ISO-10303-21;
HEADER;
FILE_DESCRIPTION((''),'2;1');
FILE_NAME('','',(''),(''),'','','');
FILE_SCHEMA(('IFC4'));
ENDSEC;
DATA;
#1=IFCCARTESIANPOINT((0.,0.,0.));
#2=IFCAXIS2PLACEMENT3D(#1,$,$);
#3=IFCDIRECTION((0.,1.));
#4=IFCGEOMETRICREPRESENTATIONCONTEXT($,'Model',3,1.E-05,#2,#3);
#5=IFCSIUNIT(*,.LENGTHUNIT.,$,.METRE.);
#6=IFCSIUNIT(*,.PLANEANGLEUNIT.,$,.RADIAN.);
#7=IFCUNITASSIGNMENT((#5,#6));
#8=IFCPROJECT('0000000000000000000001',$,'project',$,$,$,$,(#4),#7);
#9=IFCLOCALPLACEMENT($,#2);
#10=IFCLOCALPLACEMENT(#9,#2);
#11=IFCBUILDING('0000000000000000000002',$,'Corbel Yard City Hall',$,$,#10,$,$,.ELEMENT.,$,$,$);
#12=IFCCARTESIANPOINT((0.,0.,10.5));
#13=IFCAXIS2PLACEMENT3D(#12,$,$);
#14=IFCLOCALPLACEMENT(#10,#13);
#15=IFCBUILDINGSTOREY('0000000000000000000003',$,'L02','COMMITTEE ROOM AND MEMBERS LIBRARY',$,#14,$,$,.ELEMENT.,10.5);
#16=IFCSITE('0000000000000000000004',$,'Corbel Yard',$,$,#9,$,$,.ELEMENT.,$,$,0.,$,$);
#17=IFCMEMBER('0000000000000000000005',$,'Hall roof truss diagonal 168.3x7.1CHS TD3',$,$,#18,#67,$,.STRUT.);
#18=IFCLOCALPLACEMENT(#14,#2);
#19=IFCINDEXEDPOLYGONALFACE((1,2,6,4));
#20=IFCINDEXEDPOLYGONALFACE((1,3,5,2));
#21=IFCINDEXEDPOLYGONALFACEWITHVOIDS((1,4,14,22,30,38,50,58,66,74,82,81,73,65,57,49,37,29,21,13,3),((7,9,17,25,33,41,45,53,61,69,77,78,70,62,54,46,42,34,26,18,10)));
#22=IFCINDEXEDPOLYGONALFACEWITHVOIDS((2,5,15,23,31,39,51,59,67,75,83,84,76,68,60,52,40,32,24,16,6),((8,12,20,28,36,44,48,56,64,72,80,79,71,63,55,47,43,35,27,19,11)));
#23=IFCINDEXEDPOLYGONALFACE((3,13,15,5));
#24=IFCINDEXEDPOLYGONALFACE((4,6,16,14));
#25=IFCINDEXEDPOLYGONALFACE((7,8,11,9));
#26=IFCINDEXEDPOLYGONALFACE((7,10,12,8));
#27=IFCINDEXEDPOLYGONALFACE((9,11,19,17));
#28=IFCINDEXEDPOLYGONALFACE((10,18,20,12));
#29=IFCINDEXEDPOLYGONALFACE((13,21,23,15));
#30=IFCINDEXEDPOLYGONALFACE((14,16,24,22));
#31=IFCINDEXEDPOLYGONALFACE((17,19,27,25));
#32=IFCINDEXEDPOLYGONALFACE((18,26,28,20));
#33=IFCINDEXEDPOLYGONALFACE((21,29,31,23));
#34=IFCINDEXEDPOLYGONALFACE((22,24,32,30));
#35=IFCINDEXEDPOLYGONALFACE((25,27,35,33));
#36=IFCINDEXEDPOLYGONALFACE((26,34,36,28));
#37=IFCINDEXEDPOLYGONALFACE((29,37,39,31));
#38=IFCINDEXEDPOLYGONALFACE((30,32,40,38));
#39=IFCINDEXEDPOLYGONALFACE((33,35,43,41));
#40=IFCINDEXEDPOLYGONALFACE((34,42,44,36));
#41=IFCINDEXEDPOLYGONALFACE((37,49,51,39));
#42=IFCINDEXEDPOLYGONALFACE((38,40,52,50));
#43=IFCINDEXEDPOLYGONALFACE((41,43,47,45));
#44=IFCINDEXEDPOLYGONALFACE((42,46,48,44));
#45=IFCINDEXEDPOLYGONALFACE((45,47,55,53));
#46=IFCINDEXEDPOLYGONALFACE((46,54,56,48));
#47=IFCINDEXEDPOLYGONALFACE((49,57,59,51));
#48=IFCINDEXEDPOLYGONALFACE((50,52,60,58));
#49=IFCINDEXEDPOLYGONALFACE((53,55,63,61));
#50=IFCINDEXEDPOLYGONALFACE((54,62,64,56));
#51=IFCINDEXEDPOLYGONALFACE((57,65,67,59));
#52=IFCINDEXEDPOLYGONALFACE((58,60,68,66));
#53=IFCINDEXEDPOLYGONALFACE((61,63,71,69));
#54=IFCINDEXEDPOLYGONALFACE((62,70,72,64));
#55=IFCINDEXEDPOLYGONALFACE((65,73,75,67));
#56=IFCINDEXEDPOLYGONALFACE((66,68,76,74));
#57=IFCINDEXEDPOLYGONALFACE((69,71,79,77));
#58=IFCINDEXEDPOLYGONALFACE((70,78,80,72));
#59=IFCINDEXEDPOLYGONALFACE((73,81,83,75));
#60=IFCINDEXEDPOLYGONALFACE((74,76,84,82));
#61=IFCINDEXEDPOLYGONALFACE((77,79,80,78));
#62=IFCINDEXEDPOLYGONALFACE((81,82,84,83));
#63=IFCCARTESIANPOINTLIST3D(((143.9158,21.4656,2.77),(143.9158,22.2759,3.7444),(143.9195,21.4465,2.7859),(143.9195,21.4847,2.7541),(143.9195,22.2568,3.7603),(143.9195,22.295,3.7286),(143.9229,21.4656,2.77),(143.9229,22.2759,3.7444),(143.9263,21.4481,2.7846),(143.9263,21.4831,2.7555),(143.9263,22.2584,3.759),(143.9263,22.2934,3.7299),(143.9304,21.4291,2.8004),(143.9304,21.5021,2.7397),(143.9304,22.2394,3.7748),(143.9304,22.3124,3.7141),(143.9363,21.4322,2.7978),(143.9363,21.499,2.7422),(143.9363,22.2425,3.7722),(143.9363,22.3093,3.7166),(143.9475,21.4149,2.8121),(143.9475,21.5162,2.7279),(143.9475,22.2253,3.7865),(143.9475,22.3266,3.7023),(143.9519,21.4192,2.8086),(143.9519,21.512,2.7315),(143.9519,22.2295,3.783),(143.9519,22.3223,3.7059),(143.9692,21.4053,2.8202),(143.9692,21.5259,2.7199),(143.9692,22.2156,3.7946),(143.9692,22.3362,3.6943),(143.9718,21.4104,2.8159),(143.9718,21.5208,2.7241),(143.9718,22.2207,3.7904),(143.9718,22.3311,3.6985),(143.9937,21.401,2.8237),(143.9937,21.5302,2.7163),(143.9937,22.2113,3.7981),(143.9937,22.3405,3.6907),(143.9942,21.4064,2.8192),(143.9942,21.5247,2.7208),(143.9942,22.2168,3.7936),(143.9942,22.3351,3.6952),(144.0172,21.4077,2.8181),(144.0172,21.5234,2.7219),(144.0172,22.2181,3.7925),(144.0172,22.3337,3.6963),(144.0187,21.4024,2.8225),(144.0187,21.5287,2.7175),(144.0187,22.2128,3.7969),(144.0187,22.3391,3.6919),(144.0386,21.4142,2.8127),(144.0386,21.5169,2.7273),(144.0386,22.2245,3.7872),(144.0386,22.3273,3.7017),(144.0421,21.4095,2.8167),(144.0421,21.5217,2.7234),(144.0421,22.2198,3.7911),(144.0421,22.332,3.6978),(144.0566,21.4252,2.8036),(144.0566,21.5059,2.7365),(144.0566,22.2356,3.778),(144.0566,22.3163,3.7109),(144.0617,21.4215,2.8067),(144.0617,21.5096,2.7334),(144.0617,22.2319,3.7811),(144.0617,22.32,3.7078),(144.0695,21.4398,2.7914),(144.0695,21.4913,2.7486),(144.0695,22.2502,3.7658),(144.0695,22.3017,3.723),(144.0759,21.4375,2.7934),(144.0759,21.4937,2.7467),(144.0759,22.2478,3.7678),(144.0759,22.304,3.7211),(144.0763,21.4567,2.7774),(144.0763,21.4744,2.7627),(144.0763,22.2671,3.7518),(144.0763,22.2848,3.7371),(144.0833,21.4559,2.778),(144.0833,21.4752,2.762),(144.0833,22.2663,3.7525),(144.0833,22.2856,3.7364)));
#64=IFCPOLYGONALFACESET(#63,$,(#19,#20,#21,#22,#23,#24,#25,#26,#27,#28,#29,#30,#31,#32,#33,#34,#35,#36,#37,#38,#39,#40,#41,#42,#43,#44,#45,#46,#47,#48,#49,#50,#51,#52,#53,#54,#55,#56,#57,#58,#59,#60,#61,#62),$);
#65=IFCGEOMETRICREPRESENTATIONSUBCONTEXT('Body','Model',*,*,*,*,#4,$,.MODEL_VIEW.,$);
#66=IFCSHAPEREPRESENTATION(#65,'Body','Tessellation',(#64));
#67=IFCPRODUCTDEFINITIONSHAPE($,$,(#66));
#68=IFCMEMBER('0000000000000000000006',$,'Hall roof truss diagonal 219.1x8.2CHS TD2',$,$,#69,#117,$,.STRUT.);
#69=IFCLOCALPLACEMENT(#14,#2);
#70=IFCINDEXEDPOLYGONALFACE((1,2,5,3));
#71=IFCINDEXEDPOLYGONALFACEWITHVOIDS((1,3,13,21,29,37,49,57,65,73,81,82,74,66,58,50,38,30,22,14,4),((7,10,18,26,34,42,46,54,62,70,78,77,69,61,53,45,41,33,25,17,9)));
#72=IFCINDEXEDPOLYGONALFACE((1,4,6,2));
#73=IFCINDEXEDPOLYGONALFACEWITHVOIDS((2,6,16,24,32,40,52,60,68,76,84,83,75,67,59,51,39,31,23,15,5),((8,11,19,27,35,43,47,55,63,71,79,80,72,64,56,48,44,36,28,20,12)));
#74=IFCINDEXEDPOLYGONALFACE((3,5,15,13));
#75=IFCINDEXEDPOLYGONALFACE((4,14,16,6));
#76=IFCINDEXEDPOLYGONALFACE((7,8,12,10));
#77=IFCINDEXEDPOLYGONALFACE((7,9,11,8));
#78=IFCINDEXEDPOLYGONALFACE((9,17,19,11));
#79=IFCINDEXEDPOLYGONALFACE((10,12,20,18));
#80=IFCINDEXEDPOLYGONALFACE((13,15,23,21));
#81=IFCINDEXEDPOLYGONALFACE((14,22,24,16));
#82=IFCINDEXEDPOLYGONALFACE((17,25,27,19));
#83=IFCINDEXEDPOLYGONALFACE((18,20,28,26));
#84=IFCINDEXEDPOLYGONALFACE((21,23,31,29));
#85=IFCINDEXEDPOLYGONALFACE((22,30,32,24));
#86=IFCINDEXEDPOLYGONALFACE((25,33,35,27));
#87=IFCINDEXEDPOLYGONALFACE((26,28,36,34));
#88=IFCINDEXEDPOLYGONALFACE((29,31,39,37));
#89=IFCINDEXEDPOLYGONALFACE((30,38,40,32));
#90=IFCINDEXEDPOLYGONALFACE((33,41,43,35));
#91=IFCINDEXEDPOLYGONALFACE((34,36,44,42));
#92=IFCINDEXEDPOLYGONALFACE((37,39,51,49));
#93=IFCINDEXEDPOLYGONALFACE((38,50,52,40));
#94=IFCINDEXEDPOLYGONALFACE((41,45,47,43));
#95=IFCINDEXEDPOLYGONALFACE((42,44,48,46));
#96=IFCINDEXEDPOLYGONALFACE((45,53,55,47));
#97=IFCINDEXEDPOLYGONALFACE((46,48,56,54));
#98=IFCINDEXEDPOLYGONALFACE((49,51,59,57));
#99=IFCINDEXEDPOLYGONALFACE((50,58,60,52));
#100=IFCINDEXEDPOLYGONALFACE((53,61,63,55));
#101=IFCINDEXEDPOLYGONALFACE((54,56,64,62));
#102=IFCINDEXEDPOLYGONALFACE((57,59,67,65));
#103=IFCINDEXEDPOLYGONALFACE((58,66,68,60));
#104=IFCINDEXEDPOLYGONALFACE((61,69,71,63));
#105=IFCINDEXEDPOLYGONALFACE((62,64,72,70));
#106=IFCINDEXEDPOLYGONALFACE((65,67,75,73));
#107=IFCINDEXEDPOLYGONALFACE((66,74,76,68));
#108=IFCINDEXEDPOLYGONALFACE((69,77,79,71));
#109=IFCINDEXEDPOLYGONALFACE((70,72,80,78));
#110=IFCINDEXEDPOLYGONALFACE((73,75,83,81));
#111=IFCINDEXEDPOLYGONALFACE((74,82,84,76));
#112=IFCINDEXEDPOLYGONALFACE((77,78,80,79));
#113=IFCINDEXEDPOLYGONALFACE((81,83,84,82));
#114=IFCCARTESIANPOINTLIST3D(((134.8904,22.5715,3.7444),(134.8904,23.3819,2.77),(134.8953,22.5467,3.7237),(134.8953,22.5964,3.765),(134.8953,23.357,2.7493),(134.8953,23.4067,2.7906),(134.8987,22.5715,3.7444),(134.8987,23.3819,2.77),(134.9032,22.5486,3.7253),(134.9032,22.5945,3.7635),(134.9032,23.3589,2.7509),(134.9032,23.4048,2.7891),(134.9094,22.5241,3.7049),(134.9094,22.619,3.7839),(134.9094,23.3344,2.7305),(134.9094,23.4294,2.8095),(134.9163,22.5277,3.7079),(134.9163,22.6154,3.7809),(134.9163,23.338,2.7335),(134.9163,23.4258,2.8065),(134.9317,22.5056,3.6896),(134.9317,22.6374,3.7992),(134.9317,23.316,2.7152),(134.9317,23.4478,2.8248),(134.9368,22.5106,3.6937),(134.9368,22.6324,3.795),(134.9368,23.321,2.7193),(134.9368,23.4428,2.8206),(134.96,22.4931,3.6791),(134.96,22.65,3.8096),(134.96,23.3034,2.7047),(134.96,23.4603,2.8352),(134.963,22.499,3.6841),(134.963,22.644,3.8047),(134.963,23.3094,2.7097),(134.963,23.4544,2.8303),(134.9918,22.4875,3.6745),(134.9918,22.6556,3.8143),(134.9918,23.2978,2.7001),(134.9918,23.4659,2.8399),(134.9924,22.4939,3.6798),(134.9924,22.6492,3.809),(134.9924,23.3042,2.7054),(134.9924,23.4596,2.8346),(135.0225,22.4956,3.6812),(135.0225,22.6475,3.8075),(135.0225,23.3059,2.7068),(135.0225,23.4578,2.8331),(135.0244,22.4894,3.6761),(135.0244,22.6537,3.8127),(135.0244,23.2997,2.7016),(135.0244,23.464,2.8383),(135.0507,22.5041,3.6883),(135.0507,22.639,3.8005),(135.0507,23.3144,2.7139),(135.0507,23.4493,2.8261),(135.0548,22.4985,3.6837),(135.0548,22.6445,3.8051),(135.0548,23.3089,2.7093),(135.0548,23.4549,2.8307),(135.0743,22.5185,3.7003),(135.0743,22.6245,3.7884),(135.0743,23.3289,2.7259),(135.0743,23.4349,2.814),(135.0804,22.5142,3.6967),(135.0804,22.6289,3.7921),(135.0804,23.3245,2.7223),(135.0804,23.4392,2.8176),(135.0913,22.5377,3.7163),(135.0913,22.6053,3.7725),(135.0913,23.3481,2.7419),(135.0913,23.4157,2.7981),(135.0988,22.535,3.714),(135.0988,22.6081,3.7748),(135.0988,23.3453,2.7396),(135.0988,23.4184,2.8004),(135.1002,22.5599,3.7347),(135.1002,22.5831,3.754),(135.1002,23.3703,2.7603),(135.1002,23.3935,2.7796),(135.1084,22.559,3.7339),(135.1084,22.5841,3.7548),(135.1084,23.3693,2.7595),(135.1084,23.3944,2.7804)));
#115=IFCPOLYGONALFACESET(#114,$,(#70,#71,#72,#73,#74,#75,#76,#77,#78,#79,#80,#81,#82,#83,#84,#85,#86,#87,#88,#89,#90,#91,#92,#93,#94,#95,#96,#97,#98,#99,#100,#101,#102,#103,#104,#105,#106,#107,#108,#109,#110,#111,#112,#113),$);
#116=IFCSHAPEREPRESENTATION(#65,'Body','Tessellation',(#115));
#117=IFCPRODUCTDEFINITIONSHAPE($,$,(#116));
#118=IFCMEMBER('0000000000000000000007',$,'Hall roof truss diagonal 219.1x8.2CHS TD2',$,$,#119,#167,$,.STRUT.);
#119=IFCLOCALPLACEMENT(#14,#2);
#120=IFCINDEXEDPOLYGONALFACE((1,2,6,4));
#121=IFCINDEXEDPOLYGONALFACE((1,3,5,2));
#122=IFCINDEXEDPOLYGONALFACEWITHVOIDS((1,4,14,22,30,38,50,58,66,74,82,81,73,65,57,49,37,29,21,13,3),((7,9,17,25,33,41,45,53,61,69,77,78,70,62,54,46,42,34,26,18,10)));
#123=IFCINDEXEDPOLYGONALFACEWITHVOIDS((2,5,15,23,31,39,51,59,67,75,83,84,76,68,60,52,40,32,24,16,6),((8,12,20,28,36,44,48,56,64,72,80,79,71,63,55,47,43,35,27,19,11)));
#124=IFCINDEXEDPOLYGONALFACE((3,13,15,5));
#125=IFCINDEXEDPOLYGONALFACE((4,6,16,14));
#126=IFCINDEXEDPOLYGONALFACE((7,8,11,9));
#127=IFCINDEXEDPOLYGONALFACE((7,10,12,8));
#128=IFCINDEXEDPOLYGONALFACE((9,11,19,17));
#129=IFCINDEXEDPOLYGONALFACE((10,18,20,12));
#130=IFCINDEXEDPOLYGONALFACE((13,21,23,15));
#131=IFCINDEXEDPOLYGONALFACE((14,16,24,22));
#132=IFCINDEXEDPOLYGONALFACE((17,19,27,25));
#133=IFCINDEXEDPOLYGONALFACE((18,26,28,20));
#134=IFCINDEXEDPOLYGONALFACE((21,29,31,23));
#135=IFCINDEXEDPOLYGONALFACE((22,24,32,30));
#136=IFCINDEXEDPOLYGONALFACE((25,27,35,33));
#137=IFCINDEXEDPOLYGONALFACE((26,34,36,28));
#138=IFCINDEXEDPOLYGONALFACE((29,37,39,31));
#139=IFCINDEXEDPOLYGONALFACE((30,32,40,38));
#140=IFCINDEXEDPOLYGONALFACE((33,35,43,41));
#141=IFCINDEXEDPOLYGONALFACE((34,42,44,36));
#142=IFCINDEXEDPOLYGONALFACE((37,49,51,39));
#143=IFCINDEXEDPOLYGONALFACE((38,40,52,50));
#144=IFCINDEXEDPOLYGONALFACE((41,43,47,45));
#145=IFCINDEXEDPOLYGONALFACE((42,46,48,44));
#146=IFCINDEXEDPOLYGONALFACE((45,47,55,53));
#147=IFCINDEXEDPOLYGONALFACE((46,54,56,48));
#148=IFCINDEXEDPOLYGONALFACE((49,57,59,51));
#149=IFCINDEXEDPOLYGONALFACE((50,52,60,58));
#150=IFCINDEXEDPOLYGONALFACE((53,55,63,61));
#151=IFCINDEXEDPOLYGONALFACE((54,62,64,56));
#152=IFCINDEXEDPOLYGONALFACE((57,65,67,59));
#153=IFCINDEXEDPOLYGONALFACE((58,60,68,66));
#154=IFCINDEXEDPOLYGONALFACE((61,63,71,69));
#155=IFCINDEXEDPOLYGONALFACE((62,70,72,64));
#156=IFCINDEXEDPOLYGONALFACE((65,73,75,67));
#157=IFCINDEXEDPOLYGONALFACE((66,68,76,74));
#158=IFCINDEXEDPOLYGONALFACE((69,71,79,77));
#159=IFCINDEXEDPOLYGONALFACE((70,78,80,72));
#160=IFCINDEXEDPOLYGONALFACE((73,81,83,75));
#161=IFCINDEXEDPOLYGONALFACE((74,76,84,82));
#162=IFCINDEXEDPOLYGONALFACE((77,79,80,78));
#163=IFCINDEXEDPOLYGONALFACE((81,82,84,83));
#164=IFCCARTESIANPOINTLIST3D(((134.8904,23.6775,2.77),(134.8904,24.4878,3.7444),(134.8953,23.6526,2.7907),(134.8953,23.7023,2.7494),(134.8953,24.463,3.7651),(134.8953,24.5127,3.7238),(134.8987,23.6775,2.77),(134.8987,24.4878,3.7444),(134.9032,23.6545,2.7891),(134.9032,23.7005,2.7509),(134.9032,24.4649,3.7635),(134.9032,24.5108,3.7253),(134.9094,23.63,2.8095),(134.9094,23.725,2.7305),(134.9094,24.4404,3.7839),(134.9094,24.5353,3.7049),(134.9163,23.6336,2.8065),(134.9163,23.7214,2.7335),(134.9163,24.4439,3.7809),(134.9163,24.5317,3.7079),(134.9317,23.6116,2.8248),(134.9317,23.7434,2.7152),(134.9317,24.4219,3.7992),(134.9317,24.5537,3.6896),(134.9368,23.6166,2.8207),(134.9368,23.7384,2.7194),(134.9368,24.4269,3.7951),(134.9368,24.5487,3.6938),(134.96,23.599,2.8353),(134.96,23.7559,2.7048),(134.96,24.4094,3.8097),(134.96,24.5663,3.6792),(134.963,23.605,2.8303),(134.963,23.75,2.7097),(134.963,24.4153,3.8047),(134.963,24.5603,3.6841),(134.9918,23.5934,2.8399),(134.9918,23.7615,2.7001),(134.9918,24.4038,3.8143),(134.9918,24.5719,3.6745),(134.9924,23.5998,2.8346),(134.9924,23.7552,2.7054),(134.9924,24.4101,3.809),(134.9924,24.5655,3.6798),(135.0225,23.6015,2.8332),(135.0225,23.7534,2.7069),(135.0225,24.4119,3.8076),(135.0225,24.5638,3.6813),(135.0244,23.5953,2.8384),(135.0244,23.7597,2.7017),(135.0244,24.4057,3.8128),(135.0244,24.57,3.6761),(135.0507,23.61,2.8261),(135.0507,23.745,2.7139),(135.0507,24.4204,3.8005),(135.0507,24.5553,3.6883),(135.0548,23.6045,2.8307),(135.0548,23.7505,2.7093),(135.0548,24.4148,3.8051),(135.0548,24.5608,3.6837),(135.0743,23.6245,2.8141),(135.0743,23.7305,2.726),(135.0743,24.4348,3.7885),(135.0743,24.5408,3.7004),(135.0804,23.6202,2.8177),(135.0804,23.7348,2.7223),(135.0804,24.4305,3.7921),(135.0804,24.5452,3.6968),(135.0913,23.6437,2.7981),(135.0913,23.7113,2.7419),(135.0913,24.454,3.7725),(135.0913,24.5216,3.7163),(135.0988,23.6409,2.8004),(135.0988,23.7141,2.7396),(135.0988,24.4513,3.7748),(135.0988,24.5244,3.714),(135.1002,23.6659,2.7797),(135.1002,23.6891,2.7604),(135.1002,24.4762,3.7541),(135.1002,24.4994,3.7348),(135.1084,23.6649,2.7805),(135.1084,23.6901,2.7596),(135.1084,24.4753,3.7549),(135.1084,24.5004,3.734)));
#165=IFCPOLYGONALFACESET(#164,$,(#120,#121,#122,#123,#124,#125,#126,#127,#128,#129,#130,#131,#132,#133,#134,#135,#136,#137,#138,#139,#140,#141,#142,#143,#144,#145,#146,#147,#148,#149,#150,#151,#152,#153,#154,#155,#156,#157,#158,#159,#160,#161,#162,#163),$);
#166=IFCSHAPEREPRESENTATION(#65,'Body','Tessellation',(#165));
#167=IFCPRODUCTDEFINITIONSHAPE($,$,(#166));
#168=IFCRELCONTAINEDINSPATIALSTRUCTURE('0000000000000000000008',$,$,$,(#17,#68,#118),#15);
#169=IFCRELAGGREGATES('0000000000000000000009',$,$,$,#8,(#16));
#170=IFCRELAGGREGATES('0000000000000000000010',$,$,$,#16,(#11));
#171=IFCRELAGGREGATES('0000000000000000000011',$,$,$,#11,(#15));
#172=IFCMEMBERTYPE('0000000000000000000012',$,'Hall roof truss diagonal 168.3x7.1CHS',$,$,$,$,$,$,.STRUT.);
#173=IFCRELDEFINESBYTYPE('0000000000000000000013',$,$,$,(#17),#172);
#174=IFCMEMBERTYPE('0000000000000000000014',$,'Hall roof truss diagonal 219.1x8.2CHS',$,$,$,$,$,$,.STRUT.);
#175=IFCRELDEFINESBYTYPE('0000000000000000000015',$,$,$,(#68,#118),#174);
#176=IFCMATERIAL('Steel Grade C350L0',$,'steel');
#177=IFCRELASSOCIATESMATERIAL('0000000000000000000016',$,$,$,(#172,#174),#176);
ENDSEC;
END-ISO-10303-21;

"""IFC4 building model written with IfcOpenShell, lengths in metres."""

from ifc_helpers import new_model, si_unit, direction, frame, origin, origin_2d, place, context, subcontext, project, spatial, hollow_circle, extrude, material, material_profile, profile_set, type_object, element, save


model = new_model("IFC4")

# Units and contexts
model_context = context("Model", 3, precision=1e-05, world=origin(), true_north=direction((0.0, 1.0)))
body_context = subcontext(model_context, "Body", "Model", "MODEL_VIEW")
ifc_project = project(units=[si_unit("LENGTHUNIT", "METRE"), si_unit("PLANEANGLEUNIT", "RADIAN")], contexts=[model_context])

# Site, building, storey
site_placement = place(None, origin())
site = spatial("IfcSite", under=ifc_project, at=site_placement, Name="Corbel Yard", CompositionType="ELEMENT", RefElevation=0.0)
building_placement = place(site_placement, origin())
building = spatial("IfcBuilding", under=site, at=building_placement, Name="Corbel Yard City Hall", CompositionType="ELEMENT")
storey_placement = place(building_placement, frame((0.0, 0.0, 10.5)))
storey = spatial("IfcBuildingStorey", under=building, at=storey_placement, Name="L02", Description="COMMITTEE ROOM AND MEMBERS LIBRARY", CompositionType="ELEMENT", Elevation=10.5)

# Members
ifc_material_1 = material(Name="Steel Grade C350L0", Category="steel")
ifc_material_profile_1 = material_profile(ifc_material_1, hollow_circle(Radius=0.0842, WallThickness=0.0071, at=origin_2d()), Name="168.3x7.1CHS")
ifc_profile_set_1 = profile_set([ifc_material_profile_1], Name="Steel Grade C350L0")
member_type_1 = type_object("IfcMemberType", Name="Hall roof truss diagonal 168.3x7.1CHS", PredefinedType="STRUT", material=ifc_profile_set_1)
for number, where, z_axis, x_axis, name in (
    (1, (144.0, 21.4656, 2.77), (0.0, 0.639407, 0.768868), (-1.0, 0.0, 0.0), "Hall roof truss diagonal 168.3x7.1CHS TD3"),
):
    element("IfcMember", number, at=place(storey_placement, frame(where, z_axis=z_axis, x_axis=x_axis)), inside=storey, type_object=member_type_1, Name=name, PredefinedType="STRUT", context=body_context, shape_type="SweptSolid", body=[
        extrude(hollow_circle(Radius=0.0842, WallThickness=0.0071, at=origin_2d()), origin(), (0.0, 0.0, 1.0), 1.2673),
    ])
ifc_material_profile_2 = material_profile(ifc_material_1, hollow_circle(Radius=0.1096, WallThickness=0.0083, at=origin_2d()), Name="219.1x8.2CHS")
ifc_profile_set_2 = profile_set([ifc_material_profile_2], Name="Steel Grade C350L0")
member_type_2 = type_object("IfcMemberType", Name="Hall roof truss diagonal 219.1x8.2CHS", PredefinedType="STRUT", material=ifc_profile_set_2)
for number, where, z_axis, x_axis, name in (
    (2, (135.0, 22.5715, 3.7444), (0.0, 0.639407, -0.768868), (-1.0, 0.0, 0.0), "Hall roof truss diagonal 219.1x8.2CHS TD2"),
    (3, (135.0, 23.6775, 2.77), (0.0, 0.639407, 0.768868), (-1.0, 0.0, 0.0), "Hall roof truss diagonal 219.1x8.2CHS TD2"),
):
    element("IfcMember", number, at=place(storey_placement, frame(where, z_axis=z_axis, x_axis=x_axis)), inside=storey, type_object=member_type_2, Name=name, PredefinedType="STRUT", context=body_context, shape_type="SweptSolid", body=[
        extrude(hollow_circle(Radius=0.1096, WallThickness=0.0083, at=origin_2d()), origin(), (0.0, 0.0, 1.0), 1.2673),
    ])

save(model, "model.ifc")
